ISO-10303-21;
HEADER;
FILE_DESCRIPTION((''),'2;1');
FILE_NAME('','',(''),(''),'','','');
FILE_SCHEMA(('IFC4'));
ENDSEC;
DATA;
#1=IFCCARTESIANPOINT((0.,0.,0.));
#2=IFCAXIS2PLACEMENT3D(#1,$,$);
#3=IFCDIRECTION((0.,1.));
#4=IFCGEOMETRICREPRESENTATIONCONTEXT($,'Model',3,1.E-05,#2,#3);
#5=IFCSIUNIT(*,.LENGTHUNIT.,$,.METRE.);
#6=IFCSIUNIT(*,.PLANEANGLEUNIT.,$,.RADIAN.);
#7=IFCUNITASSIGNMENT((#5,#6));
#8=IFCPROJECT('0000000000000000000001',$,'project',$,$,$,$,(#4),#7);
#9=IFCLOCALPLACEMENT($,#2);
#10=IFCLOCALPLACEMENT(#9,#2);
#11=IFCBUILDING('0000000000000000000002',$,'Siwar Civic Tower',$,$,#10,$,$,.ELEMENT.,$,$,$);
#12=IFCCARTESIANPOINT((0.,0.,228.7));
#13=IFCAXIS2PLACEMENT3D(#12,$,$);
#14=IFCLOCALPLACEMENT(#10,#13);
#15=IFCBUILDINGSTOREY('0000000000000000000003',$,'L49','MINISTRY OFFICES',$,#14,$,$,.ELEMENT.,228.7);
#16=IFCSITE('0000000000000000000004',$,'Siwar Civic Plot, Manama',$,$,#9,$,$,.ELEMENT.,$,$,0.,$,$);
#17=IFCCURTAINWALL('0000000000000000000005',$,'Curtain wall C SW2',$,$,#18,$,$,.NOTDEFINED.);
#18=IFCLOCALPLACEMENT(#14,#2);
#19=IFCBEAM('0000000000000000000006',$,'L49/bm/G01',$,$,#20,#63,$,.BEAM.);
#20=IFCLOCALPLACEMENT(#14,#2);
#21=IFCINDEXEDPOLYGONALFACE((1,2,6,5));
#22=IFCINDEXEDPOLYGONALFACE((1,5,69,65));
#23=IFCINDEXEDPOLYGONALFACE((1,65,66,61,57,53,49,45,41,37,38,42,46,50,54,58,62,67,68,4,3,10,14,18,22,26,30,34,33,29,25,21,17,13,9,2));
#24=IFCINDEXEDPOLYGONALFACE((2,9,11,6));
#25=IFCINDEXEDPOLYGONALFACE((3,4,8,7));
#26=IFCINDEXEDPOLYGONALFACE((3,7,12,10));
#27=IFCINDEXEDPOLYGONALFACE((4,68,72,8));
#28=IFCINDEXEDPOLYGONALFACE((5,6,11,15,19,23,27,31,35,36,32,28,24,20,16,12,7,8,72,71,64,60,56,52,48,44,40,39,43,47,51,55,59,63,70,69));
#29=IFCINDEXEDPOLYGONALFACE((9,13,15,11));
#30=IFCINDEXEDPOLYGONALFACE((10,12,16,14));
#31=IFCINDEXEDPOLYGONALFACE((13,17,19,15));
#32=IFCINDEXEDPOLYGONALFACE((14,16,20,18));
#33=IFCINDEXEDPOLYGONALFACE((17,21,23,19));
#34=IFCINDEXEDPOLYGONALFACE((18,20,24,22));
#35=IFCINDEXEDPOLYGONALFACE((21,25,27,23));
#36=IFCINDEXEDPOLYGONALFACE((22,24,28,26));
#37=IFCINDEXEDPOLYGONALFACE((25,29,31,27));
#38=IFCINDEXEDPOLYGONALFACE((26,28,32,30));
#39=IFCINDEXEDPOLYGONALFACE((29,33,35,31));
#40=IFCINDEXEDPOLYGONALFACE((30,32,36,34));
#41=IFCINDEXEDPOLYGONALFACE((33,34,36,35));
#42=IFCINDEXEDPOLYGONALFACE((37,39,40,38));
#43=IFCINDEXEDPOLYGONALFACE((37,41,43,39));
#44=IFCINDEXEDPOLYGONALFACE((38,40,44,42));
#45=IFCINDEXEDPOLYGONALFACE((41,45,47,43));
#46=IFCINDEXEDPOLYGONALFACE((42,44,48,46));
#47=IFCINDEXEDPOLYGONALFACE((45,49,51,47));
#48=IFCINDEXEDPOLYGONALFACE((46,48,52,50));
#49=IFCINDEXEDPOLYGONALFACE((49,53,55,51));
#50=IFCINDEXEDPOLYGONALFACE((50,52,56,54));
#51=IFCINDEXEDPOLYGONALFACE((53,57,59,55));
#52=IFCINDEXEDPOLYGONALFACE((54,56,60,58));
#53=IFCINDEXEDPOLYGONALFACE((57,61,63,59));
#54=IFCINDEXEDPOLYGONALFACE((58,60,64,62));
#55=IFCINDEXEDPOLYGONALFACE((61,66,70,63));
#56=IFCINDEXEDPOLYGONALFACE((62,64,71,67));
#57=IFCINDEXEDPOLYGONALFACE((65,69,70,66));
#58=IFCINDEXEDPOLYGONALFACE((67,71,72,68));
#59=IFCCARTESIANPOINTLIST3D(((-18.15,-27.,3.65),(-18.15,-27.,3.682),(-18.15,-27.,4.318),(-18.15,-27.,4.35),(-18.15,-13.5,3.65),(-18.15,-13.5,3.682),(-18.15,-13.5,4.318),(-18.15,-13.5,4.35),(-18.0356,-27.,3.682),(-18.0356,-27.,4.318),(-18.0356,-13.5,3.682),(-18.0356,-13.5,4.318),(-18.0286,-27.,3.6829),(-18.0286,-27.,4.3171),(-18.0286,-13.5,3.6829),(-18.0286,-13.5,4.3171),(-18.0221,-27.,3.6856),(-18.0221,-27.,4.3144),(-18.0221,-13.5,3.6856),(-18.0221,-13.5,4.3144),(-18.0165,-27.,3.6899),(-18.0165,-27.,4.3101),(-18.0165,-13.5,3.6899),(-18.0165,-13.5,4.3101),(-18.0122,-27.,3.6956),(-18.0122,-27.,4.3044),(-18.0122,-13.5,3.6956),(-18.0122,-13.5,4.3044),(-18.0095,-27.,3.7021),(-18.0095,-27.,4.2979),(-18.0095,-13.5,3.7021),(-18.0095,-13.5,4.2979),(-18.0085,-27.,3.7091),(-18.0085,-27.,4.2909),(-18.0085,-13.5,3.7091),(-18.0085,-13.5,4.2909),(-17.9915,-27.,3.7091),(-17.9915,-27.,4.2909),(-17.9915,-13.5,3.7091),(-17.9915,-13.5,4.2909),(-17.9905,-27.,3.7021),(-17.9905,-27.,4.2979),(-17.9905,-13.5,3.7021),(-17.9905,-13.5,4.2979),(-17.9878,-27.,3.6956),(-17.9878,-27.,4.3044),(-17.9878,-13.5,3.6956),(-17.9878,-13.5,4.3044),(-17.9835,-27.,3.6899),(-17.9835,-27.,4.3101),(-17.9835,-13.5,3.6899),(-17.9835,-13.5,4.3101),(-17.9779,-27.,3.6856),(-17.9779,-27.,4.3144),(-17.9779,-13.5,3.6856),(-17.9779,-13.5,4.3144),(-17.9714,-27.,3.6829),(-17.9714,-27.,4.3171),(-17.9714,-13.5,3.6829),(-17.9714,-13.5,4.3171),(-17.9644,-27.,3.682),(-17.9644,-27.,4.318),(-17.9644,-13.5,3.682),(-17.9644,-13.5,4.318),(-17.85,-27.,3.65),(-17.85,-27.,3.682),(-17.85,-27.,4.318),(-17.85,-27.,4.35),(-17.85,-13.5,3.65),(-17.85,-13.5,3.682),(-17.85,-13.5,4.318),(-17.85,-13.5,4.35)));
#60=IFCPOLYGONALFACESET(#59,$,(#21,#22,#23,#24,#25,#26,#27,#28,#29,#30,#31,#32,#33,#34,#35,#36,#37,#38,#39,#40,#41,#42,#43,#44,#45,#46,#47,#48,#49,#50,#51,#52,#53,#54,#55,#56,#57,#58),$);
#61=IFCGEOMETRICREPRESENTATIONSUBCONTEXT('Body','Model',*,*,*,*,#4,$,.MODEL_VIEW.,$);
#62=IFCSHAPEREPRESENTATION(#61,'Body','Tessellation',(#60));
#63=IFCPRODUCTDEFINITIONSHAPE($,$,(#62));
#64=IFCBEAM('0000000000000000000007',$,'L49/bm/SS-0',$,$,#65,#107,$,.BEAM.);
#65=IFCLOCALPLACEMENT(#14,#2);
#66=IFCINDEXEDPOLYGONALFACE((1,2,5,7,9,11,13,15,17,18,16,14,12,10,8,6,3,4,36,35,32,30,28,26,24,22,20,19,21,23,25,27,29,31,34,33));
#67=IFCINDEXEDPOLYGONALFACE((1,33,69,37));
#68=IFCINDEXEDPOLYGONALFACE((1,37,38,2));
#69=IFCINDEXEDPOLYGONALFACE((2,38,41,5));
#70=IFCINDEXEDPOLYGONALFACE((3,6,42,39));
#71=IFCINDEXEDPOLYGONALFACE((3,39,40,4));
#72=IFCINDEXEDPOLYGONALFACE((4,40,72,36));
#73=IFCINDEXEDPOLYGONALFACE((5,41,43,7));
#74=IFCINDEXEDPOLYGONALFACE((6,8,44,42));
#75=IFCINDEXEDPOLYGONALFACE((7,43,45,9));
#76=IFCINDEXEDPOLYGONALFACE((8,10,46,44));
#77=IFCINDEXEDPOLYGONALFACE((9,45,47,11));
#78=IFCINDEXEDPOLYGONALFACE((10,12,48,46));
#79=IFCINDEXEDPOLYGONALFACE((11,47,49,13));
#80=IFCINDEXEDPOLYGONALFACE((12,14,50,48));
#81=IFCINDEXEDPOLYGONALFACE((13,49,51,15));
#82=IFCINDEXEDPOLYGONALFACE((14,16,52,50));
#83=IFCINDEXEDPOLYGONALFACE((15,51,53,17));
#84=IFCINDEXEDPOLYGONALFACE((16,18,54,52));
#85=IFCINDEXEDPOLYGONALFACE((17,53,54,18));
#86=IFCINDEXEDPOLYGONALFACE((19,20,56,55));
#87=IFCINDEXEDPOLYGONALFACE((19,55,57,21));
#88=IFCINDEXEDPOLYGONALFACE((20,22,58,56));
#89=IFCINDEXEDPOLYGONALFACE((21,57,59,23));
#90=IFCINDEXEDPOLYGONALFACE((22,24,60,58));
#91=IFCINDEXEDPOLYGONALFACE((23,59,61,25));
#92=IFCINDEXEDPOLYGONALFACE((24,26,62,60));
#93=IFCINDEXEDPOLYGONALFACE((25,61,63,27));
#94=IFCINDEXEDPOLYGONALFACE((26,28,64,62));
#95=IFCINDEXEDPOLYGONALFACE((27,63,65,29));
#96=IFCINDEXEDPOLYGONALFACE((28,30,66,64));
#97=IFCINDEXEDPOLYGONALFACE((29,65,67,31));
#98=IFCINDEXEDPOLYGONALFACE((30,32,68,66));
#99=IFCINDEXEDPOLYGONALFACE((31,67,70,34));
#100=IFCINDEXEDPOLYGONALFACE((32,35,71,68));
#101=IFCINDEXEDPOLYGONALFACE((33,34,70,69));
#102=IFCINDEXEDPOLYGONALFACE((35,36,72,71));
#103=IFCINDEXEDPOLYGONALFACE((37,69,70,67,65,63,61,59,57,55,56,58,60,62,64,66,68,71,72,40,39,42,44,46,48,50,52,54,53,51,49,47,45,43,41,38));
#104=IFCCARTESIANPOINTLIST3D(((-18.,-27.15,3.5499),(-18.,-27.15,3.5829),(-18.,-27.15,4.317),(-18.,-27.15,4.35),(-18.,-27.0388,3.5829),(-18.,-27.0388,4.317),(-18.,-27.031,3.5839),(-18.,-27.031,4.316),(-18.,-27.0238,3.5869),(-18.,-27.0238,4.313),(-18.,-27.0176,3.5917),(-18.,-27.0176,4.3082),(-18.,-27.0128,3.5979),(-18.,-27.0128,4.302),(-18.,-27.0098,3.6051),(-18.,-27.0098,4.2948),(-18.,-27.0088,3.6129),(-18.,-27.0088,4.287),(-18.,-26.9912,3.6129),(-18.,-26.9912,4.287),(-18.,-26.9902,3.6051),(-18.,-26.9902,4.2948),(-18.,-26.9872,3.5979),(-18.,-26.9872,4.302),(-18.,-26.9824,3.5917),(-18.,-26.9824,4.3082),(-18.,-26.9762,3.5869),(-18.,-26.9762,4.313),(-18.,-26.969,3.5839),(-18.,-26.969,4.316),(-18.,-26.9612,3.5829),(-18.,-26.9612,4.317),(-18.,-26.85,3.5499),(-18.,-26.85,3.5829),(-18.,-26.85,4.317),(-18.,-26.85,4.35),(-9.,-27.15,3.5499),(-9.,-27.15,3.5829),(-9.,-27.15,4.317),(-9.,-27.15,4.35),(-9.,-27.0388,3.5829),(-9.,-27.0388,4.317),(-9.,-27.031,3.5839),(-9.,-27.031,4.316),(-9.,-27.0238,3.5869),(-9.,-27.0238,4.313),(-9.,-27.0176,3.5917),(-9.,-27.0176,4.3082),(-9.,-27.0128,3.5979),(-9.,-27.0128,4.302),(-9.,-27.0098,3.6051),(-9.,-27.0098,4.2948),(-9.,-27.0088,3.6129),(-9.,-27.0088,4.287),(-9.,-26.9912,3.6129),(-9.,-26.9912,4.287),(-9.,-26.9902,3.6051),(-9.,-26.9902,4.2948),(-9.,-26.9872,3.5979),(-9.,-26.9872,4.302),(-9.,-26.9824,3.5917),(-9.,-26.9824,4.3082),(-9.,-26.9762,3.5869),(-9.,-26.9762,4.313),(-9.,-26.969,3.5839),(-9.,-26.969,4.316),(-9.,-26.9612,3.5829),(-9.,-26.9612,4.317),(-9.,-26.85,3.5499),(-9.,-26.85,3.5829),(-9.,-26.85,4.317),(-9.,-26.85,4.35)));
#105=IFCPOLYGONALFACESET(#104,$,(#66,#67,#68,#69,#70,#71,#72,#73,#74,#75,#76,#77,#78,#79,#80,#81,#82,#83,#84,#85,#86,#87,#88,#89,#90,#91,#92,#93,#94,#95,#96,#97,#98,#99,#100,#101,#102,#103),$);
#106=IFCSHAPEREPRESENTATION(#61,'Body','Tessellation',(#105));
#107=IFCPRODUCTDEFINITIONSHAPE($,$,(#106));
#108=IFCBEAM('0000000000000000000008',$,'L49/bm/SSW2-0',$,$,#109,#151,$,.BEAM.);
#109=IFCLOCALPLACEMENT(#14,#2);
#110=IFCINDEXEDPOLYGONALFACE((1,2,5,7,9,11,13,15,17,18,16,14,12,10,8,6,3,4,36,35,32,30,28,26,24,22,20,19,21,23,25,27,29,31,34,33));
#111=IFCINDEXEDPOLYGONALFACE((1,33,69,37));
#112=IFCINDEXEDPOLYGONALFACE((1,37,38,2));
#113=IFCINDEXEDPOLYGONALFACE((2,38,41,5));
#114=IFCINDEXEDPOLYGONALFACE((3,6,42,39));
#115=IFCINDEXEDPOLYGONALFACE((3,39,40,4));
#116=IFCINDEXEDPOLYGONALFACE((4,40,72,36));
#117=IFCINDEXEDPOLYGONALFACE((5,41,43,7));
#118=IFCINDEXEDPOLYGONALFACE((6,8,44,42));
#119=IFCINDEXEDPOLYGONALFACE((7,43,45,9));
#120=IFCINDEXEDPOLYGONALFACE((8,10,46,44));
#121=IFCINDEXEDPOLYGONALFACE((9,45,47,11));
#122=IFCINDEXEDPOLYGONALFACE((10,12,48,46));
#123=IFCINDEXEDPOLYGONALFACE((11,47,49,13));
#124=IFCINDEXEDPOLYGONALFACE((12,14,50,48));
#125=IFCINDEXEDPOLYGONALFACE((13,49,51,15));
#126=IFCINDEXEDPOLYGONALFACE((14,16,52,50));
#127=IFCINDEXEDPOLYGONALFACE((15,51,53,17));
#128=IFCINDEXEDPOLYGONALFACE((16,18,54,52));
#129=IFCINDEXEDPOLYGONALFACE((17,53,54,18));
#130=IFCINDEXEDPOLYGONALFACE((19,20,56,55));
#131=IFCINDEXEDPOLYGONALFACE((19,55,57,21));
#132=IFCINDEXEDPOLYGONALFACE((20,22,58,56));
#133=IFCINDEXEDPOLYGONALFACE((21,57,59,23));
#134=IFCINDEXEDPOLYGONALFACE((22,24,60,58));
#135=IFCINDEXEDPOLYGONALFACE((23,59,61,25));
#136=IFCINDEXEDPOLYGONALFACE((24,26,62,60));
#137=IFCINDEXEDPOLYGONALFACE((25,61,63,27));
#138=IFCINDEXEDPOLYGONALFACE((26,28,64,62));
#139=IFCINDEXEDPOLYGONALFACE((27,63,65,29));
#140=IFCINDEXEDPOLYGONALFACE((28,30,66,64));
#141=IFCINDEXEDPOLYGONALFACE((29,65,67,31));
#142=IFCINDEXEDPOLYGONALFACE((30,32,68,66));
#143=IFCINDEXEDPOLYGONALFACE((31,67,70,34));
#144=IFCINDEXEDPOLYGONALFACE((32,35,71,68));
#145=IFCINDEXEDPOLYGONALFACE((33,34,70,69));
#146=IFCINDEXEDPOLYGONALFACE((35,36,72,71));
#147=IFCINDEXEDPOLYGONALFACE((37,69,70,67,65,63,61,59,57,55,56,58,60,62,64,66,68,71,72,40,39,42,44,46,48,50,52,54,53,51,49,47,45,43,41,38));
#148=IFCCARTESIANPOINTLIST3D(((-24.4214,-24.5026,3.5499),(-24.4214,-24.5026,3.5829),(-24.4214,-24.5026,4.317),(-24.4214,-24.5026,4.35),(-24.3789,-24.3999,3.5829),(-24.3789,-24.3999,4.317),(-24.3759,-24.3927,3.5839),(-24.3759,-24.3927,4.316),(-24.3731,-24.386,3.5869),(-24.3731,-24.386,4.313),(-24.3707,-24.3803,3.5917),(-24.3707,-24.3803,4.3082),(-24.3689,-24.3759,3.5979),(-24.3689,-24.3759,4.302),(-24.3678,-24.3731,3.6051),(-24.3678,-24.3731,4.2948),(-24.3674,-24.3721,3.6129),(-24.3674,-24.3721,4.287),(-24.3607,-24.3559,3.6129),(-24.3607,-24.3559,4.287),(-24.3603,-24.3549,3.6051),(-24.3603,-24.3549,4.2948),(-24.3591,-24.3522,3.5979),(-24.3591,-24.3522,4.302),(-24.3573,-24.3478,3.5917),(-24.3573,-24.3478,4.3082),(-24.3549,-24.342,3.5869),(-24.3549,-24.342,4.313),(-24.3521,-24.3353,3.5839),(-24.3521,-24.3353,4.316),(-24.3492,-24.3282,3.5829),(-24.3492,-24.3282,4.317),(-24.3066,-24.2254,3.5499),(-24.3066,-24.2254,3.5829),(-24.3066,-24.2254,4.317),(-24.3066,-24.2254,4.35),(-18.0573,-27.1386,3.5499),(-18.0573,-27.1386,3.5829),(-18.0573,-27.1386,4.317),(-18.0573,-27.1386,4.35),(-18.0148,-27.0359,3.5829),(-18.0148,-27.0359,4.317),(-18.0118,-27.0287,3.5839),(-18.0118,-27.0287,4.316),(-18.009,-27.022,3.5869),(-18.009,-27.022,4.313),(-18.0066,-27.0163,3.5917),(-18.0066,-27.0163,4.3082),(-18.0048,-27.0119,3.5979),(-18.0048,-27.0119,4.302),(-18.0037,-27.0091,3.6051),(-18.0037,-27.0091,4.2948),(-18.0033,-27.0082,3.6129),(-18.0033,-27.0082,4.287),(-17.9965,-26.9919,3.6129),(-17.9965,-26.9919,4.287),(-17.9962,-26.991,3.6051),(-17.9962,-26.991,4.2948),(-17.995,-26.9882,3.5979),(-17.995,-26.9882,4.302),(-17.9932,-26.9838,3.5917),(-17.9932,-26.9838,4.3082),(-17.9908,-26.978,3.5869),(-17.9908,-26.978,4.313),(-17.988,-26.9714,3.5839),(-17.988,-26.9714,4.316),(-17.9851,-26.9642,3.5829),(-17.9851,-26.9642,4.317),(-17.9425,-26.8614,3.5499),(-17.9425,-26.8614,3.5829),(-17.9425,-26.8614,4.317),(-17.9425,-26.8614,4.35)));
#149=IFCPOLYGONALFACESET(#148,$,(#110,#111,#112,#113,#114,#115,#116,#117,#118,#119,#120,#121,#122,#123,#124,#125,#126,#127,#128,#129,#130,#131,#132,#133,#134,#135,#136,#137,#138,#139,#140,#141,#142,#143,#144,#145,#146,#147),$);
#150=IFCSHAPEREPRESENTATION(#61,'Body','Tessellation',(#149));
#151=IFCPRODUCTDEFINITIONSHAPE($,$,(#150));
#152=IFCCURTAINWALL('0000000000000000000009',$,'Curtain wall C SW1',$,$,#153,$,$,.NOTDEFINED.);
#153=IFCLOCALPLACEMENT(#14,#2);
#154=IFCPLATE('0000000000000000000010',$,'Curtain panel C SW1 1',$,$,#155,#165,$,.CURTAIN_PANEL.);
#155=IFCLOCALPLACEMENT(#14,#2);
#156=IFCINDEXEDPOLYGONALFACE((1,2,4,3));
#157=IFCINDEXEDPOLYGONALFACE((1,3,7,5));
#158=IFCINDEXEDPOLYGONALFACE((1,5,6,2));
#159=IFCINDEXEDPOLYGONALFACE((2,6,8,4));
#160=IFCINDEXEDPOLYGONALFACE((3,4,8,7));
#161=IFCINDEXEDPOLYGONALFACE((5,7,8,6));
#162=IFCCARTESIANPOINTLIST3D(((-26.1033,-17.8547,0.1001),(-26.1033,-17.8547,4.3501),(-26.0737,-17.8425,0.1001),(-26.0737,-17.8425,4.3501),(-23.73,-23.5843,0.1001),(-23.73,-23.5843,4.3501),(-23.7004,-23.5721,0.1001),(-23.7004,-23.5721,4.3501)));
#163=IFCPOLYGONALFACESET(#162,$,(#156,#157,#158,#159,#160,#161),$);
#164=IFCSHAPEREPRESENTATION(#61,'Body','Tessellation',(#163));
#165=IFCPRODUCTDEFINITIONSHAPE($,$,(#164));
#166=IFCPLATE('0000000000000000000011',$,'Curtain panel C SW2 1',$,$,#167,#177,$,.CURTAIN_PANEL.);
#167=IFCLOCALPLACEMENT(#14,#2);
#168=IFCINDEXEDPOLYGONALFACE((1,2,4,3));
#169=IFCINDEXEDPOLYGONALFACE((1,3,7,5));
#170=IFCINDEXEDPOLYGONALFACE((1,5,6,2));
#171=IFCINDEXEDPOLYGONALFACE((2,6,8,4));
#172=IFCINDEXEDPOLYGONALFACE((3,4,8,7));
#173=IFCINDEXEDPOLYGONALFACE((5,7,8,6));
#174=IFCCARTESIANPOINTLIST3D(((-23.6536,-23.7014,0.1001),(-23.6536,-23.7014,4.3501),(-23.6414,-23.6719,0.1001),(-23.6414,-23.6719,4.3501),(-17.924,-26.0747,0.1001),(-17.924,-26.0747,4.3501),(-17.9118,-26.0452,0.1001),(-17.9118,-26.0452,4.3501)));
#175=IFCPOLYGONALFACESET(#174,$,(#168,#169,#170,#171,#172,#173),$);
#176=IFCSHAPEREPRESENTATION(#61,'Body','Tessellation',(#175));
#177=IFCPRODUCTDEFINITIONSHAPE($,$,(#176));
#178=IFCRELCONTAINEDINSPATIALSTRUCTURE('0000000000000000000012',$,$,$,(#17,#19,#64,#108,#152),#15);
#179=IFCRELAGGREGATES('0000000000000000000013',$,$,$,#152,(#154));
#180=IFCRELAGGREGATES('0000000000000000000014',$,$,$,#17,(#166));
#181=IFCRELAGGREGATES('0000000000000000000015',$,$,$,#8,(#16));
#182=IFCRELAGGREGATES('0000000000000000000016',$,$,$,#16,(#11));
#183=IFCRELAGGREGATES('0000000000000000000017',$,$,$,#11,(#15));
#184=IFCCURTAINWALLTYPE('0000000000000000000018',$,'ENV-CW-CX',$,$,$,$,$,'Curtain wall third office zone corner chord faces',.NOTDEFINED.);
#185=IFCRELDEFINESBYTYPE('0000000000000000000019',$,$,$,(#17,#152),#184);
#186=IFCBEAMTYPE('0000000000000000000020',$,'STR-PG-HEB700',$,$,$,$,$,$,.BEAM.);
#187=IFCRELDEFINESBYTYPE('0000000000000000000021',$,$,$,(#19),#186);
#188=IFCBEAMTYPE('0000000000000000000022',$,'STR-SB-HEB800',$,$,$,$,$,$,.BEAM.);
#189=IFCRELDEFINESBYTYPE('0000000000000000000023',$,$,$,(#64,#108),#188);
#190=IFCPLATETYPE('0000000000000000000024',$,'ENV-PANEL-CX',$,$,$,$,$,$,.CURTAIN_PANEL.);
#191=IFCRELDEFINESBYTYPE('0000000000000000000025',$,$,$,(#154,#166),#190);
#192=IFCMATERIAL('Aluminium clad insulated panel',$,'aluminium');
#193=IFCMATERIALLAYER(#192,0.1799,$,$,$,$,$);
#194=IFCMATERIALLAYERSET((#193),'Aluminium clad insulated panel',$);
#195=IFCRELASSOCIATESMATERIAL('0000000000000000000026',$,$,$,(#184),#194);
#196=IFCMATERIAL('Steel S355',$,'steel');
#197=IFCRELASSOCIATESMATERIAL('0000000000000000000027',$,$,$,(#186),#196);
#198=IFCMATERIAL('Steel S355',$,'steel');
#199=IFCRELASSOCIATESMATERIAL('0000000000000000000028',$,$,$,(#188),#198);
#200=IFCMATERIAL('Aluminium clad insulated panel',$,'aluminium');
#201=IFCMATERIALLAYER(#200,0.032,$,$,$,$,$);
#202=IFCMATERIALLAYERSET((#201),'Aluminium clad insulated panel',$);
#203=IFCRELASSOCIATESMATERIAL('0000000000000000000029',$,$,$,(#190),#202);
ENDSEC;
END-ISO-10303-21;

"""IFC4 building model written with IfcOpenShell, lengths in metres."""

from ifc_helpers import new_model, si_unit, direction, frame, origin, origin_2d, place, context, subcontext, project, spatial, rectangle, i_section, extrude, material, layer, layer_set, material_profile, profile_set, type_object, element, aggregate, save


model = new_model("IFC4")

# Units and contexts
model_context = context("Model", 3, precision=1e-05, world=origin(), true_north=direction((0.0, 1.0)))
body_context = subcontext(model_context, "Body", "Model", "MODEL_VIEW")
ifc_project = project(units=[si_unit("LENGTHUNIT", "METRE"), si_unit("PLANEANGLEUNIT", "RADIAN")], contexts=[model_context])

# Site, building, storey
site_placement = place(None, origin())
site = spatial("IfcSite", under=ifc_project, at=site_placement, Name="Siwar Civic Plot, Manama", CompositionType="ELEMENT", RefElevation=0.0)
building_placement = place(site_placement, origin())
building = spatial("IfcBuilding", under=site, at=building_placement, Name="Siwar Civic Tower", CompositionType="ELEMENT")
storey_placement = place(building_placement, frame((0.0, 0.0, 228.7)))
storey = spatial("IfcBuildingStorey", under=building, at=storey_placement, Name="L49", Description="MINISTRY OFFICES", CompositionType="ELEMENT", Elevation=228.7)

# Curtain wall
ifc_material_1 = material(Name="Aluminium clad insulated panel", Category="aluminium")
ifc_layer_1 = layer(ifc_material_1, 0.1799)
ifc_layer_set_1 = layer_set([ifc_layer_1], Name="Aluminium clad insulated panel")
curtain_wall_type = type_object("IfcCurtainWallType", Name="ENV-CW-CX", ElementType="Curtain wall third office zone corner chord faces", PredefinedType="NOTDEFINED", material=ifc_layer_set_1)
curtain_wall_1_placement = place(storey_placement, origin())
curtain_wall_1 = element("IfcCurtainWall", 1, at=curtain_wall_1_placement, inside=storey, type_object=curtain_wall_type, Name="Curtain wall C SW2", PredefinedType="NOTDEFINED")

# Beams
ifc_material_2 = material(Name="Steel S355", Category="steel")
ifc_material_profile_1 = material_profile(ifc_material_2, i_section(OverallWidth=0.3, OverallDepth=0.7, WebThickness=0.0171, FlangeThickness=0.032, FilletRadius=0.0271, at=origin_2d()), Name="HEB700")
ifc_profile_set_1 = profile_set([ifc_material_profile_1], Name="Steel S355")
beam_type_1 = type_object("IfcBeamType", Name="STR-PG-HEB700", PredefinedType="BEAM", material=ifc_profile_set_1)
beam_1_placement = place(storey_placement, frame((-18.0, -27.0, 4.0), z_axis=(0.0, 1.0, 0.0), x_axis=(-1.0, 0.0, 0.0)))
element("IfcBeam", 2, at=beam_1_placement, inside=storey, type_object=beam_type_1, Name="L49/bm/G01", PredefinedType="BEAM", context=body_context, shape_type="SweptSolid", body=[
    extrude(i_section(OverallWidth=0.3, OverallDepth=0.7, WebThickness=0.0171, FlangeThickness=0.032, FilletRadius=0.0271, at=origin_2d()), origin(), (0.0, 0.0, 1.0), 13.5),
])
ifc_material_3 = material(Name="Steel S355", Category="steel")
ifc_material_profile_2 = material_profile(ifc_material_3, i_section(OverallWidth=0.3, OverallDepth=0.8, WebThickness=0.0176, FlangeThickness=0.033, FilletRadius=0.03, at=origin_2d()), Name="HEB800")
ifc_profile_set_2 = profile_set([ifc_material_profile_2], Name="Steel S355")
beam_type_2 = type_object("IfcBeamType", Name="STR-SB-HEB800", PredefinedType="BEAM", material=ifc_profile_set_2)
beam_2_placement = place(storey_placement, frame((-18.0, -27.0, 3.95), z_axis=(1.0, 0.0, 0.0), x_axis=(0.0, 1.0, 0.0)))
element("IfcBeam", 3, at=beam_2_placement, inside=storey, type_object=beam_type_2, Name="L49/bm/SS-0", PredefinedType="BEAM", context=body_context, shape_type="SweptSolid", body=[
    extrude(i_section(OverallWidth=0.3, OverallDepth=0.8, WebThickness=0.0176, FlangeThickness=0.033, FilletRadius=0.03, at=origin_2d()), origin(), (0.0, 0.0, 1.0), 9.0),
])
beam_3_placement = place(storey_placement, frame((-24.364, -24.364, 3.95), z_axis=(0.923883, -0.382674, 0.0), x_axis=(0.382674, 0.923883, 0.0)))
element("IfcBeam", 4, at=beam_3_placement, inside=storey, type_object=beam_type_2, Name="L49/bm/SSW2-0", PredefinedType="BEAM", context=body_context, shape_type="SweptSolid", body=[
    extrude(i_section(OverallWidth=0.3, OverallDepth=0.8, WebThickness=0.0176, FlangeThickness=0.033, FilletRadius=0.03, at=origin_2d()), origin(), (0.0, 0.0, 1.0), 6.8884),
])

# Curtain wall, plate
curtain_wall_2_placement = place(storey_placement, origin())
curtain_wall_2 = element("IfcCurtainWall", 5, at=curtain_wall_2_placement, inside=storey, type_object=curtain_wall_type, Name="Curtain wall C SW1", PredefinedType="NOTDEFINED")
ifc_material_4 = material(Name="Aluminium clad insulated panel", Category="aluminium")
ifc_layer_2 = layer(ifc_material_4, 0.032)
ifc_layer_set_2 = layer_set([ifc_layer_2], Name="Aluminium clad insulated panel")
plate_type = type_object("IfcPlateType", Name="ENV-PANEL-CX", PredefinedType="CURTAIN_PANEL", material=ifc_layer_set_2)
plate_1_placement = place(storey_placement, frame((-24.9019, -20.7134, 0.1001), z_axis=(0.0, 0.0, 1.0), x_axis=(0.382683, -0.92388, 0.0)))
plate_1 = element("IfcPlate", 6, at=plate_1_placement, type_object=plate_type, Name="Curtain panel C SW1 1", PredefinedType="CURTAIN_PANEL", context=body_context, shape_type="SweptSolid", body=[
    extrude(rectangle(XDim=6.2017, YDim=0.032, at=origin_2d()), origin(), (0.0, 0.0, 1.0), 4.25),
])
aggregate(curtain_wall_2, [plate_1])

# Plate
plate_2_placement = place(storey_placement, frame((-20.7827, -24.8733, 0.1001), z_axis=(0.0, 0.0, 1.0), x_axis=(0.92388, -0.382683, 0.0)))
plate_2 = element("IfcPlate", 7, at=plate_2_placement, type_object=plate_type, Name="Curtain panel C SW2 1", PredefinedType="CURTAIN_PANEL", context=body_context, shape_type="SweptSolid", body=[
    extrude(rectangle(XDim=6.2017, YDim=0.032, at=origin_2d()), origin(), (0.0, 0.0, 1.0), 4.25),
])
aggregate(curtain_wall_1, [plate_2])

save(model, "model.ifc")
